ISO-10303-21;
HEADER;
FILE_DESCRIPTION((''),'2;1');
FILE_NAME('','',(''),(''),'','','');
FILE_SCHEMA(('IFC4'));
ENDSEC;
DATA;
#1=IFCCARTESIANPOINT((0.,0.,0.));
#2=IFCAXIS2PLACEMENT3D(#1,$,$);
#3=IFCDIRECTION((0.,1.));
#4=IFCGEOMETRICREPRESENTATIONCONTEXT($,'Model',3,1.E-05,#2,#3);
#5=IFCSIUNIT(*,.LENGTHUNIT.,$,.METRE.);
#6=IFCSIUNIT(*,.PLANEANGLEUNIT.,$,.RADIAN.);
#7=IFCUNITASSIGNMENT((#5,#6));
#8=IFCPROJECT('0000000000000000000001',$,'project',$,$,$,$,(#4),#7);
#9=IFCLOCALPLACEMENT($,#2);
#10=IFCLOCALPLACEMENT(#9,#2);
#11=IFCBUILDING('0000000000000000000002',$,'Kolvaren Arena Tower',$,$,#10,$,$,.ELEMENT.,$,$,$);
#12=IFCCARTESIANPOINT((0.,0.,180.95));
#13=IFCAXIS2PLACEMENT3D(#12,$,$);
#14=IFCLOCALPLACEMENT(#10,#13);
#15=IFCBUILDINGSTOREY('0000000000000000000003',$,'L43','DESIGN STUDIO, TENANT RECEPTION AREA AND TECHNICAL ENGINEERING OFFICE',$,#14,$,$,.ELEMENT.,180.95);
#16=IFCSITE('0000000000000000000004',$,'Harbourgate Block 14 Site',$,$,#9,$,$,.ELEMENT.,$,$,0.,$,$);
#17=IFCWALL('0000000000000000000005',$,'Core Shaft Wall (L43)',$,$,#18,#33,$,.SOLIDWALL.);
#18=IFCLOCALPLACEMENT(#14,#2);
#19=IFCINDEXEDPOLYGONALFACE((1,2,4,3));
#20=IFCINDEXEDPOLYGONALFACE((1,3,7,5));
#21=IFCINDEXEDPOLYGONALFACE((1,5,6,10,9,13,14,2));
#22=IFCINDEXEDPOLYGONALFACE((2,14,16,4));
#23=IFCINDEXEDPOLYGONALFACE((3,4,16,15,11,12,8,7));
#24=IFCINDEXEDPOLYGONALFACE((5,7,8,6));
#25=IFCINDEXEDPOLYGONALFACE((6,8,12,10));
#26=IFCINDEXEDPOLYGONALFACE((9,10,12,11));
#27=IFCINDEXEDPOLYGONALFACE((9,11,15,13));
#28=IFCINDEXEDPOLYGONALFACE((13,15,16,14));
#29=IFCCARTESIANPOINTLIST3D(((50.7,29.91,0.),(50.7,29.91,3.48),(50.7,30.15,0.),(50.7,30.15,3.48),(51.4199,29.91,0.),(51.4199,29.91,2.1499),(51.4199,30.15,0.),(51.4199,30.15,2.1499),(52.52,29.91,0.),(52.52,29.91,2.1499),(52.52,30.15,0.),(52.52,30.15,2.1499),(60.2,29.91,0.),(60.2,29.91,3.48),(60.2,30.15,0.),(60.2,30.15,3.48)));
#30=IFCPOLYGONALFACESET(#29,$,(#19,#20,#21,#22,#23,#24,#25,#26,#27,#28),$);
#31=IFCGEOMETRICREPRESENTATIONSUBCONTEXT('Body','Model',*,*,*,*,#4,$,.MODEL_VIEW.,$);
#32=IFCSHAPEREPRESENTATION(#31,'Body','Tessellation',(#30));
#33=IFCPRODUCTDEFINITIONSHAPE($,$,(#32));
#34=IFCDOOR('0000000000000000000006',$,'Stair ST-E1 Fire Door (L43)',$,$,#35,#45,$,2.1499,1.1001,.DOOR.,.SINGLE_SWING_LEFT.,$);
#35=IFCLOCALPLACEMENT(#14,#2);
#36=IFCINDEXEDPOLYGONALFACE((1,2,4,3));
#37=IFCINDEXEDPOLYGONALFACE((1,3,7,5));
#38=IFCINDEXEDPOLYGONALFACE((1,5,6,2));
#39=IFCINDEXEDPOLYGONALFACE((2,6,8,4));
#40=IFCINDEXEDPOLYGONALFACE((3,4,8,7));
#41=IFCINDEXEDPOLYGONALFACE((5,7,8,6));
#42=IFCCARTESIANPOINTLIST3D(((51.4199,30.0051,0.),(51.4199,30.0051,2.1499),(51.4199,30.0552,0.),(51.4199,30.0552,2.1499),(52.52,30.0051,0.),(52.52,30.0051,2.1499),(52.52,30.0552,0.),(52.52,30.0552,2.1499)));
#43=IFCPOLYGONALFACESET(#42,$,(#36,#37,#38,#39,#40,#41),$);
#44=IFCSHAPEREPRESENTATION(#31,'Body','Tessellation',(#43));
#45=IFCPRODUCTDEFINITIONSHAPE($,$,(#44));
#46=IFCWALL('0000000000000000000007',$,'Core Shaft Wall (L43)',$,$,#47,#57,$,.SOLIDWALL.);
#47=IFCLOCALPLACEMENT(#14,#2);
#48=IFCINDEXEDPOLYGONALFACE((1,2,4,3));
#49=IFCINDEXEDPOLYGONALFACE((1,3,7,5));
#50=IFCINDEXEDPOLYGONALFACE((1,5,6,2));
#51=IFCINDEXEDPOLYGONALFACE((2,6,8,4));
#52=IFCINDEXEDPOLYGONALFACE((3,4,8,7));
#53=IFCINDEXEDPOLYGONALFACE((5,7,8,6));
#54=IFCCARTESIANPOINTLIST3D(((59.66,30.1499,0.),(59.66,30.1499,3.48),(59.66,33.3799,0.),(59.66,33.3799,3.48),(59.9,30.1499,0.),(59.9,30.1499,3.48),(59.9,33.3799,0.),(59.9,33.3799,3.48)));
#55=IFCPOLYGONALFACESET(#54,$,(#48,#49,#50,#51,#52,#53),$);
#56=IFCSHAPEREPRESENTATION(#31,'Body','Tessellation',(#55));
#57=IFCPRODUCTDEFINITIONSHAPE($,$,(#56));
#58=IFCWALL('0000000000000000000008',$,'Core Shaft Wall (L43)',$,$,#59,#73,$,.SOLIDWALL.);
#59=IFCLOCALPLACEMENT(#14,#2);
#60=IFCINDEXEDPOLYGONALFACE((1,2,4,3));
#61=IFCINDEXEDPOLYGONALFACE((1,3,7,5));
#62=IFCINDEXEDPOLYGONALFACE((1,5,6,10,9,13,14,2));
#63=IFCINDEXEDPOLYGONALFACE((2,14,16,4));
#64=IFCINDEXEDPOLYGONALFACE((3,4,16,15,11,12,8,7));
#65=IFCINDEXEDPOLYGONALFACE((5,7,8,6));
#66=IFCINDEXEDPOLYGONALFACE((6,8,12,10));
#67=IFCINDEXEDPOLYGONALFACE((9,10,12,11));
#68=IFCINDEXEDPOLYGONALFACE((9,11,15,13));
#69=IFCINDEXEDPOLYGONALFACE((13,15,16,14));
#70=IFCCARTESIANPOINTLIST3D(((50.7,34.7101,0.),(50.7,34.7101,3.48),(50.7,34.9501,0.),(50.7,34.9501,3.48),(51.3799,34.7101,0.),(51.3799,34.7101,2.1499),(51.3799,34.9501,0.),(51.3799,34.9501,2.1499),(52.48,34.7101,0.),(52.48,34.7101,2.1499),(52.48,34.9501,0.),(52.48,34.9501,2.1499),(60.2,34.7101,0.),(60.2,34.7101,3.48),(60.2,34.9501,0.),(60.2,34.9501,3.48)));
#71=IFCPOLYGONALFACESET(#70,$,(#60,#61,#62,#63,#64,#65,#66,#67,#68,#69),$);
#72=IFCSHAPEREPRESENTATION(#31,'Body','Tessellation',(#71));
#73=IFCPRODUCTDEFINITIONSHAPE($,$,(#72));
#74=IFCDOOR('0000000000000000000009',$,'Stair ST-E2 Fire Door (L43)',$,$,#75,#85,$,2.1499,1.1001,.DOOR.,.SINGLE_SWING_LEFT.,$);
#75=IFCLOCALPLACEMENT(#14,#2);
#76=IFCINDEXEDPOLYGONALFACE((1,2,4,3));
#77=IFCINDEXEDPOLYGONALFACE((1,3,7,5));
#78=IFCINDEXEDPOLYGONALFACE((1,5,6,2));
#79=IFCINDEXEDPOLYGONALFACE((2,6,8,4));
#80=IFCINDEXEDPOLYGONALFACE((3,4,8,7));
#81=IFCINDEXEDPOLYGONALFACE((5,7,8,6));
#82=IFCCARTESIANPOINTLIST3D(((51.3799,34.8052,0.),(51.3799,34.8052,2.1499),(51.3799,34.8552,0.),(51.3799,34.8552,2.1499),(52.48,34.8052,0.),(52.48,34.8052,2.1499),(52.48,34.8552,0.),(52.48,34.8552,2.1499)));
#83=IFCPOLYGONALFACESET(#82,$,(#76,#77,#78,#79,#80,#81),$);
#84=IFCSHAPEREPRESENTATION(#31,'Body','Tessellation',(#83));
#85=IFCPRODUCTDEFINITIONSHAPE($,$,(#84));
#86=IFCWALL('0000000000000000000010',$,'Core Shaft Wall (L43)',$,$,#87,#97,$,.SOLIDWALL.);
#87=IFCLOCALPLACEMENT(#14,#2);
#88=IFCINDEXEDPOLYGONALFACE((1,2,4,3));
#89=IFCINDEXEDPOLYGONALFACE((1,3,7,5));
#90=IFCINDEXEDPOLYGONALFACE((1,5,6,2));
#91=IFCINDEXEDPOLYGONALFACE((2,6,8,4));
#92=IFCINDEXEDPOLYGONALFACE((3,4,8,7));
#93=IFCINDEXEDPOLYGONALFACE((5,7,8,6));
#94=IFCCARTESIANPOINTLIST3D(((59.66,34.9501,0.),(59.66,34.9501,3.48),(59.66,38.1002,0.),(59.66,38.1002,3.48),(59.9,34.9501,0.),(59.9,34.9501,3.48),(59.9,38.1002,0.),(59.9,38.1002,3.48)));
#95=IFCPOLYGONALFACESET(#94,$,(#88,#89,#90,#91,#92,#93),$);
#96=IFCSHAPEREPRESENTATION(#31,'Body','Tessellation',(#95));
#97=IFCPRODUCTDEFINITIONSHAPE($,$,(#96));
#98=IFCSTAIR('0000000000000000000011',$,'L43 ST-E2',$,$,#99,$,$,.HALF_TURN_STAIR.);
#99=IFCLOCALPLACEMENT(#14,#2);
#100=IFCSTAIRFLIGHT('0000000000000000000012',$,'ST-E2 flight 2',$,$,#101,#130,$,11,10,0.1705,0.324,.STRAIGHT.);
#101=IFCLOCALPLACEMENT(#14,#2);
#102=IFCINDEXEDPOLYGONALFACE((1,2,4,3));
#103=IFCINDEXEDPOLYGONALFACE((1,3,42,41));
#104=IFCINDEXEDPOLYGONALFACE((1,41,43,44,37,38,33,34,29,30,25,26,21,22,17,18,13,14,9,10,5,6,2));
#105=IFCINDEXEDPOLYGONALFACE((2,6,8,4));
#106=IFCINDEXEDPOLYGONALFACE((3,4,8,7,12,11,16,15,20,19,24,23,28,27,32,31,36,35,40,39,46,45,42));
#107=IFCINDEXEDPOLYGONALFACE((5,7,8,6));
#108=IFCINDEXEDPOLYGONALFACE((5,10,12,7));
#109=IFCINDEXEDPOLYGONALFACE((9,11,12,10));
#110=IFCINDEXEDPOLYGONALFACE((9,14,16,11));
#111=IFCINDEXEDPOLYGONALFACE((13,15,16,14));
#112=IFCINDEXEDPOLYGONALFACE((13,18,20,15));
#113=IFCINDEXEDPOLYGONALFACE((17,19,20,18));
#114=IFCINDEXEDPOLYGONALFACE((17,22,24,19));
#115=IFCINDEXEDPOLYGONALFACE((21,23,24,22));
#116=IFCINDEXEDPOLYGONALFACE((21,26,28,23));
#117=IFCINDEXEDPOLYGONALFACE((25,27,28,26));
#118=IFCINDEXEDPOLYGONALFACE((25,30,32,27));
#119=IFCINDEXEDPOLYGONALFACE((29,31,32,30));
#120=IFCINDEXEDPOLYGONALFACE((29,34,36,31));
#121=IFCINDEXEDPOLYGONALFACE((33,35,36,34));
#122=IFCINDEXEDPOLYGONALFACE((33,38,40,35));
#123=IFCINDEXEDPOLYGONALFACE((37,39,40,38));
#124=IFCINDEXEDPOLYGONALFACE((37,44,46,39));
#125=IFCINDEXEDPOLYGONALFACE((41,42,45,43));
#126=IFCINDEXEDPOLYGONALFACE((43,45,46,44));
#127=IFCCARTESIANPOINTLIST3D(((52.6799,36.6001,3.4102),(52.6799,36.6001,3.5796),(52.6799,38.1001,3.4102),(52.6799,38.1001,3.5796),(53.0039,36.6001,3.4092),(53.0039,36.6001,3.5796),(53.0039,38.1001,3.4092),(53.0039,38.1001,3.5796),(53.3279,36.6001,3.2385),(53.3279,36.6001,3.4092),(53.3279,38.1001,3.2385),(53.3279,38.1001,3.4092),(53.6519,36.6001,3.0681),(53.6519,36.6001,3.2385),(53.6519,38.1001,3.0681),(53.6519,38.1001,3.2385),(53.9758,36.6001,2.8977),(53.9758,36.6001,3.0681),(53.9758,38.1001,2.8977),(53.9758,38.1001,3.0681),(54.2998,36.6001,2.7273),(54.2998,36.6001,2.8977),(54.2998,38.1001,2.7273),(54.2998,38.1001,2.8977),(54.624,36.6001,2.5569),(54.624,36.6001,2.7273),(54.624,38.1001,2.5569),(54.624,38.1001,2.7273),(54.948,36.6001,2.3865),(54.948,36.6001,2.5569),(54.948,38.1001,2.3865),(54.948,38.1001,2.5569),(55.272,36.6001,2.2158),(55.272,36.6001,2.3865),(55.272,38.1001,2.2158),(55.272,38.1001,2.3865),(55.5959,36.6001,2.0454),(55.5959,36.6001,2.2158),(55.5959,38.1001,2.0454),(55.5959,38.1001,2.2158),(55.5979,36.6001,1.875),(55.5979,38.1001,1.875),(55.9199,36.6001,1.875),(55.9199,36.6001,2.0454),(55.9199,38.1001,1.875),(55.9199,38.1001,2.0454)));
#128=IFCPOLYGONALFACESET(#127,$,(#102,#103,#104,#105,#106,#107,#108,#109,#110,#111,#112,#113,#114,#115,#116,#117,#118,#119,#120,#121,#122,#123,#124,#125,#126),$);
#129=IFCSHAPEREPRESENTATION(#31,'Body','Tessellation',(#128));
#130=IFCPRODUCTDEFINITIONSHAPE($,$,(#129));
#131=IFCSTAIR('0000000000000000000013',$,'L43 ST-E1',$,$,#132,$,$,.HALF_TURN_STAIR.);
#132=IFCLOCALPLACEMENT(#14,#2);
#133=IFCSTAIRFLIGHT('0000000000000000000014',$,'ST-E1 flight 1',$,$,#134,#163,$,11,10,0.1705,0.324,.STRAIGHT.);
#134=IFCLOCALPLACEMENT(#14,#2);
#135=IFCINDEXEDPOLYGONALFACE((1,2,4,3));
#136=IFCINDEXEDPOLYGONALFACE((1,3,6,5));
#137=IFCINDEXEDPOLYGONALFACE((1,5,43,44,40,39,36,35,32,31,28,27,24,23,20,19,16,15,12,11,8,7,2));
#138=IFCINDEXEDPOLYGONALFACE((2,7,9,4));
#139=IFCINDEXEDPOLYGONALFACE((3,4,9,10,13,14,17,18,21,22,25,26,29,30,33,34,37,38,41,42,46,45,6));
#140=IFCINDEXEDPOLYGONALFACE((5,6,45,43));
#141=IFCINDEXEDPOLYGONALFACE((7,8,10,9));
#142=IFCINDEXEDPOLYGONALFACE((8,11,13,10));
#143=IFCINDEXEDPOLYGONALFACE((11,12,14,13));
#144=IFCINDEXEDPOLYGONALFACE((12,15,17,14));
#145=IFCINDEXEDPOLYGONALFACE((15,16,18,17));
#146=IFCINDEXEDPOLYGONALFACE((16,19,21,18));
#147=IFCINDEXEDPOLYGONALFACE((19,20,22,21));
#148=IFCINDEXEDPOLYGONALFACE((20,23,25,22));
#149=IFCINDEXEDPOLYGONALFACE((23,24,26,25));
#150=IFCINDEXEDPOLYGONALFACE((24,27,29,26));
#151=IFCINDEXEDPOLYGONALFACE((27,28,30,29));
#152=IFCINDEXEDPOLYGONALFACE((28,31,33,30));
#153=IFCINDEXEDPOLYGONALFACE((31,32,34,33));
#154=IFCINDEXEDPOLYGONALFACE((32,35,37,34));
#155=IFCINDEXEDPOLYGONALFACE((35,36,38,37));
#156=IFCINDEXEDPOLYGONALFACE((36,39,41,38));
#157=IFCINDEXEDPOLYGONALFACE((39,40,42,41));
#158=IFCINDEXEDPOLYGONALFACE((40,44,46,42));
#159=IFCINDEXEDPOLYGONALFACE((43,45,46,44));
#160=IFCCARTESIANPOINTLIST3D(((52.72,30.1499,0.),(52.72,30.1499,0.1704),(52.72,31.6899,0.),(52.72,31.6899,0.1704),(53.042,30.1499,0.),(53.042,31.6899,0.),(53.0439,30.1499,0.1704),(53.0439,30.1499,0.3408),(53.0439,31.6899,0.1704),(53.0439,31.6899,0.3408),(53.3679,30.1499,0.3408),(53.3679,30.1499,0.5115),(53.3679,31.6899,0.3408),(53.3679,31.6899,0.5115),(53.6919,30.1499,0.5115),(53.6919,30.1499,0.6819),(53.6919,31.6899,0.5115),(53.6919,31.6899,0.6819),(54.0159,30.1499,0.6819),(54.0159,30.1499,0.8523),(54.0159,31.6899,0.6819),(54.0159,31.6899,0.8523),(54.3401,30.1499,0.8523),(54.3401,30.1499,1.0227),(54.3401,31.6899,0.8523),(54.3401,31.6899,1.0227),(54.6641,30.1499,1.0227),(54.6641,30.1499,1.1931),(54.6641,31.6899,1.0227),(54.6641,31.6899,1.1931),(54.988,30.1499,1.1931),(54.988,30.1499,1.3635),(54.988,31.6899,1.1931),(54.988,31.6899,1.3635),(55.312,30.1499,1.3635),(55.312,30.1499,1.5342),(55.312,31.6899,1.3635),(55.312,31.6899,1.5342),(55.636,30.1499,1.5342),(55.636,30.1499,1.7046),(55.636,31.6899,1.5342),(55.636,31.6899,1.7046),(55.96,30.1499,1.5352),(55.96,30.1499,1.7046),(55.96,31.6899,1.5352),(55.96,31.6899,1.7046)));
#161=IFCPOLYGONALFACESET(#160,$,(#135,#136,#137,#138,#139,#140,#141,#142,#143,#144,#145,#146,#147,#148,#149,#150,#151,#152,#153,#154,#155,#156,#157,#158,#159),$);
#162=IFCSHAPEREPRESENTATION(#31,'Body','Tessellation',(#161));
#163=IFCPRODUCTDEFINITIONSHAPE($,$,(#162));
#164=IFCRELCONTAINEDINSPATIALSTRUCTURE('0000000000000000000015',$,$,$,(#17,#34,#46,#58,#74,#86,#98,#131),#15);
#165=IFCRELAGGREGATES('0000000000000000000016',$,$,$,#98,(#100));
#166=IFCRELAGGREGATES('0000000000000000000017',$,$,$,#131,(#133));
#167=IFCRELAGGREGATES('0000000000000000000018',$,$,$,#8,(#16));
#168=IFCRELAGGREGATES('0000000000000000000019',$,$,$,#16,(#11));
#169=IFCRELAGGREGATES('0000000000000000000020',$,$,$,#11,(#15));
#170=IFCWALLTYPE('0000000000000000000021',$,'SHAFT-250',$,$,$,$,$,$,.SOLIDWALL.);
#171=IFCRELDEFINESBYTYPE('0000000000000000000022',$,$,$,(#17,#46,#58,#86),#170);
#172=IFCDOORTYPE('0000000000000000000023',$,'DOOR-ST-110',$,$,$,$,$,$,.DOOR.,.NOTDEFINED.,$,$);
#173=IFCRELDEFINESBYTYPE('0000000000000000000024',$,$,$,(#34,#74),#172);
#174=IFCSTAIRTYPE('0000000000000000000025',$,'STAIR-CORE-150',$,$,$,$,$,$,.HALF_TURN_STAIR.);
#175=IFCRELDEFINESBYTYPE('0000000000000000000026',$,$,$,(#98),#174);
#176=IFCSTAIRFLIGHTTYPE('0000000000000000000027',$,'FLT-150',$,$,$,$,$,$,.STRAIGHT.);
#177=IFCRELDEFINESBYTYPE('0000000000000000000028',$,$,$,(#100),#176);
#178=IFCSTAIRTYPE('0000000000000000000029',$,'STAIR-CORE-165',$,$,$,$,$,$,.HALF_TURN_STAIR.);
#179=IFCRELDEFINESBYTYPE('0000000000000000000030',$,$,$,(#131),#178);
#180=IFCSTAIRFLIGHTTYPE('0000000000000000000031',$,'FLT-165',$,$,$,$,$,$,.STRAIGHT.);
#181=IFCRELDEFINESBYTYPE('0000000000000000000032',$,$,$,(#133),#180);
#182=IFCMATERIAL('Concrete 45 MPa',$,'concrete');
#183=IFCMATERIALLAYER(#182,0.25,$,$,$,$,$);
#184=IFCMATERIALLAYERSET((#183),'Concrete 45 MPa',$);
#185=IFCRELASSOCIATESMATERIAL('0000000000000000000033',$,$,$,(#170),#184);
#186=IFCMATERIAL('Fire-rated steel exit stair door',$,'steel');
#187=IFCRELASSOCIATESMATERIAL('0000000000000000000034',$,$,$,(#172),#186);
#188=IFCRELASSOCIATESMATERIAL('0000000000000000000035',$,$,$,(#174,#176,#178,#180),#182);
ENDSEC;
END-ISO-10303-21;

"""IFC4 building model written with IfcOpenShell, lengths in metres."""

from ifc_helpers import new_model, si_unit, direction, frame, frame_2d, origin, place, context, subcontext, project, spatial, polyline, rectangle, outline, extrude, material, layer, layer_set, type_object, element, fill, aggregate, save


model = new_model("IFC4")

# Units and contexts
model_context = context("Model", 3, precision=1e-05, world=origin(), true_north=direction((0.0, 1.0)))
body_context = subcontext(model_context, "Body", "Model", "MODEL_VIEW")
ifc_project = project(units=[si_unit("LENGTHUNIT", "METRE"), si_unit("PLANEANGLEUNIT", "RADIAN")], contexts=[model_context])

# Site, building, storey
site_placement = place(None, origin())
site = spatial("IfcSite", under=ifc_project, at=site_placement, Name="Harbourgate Block 14 Site", CompositionType="ELEMENT", RefElevation=0.0)
building_placement = place(site_placement, origin())
building = spatial("IfcBuilding", under=site, at=building_placement, Name="Kolvaren Arena Tower", CompositionType="ELEMENT")
storey_placement = place(building_placement, frame((0.0, 0.0, 180.95)))
storey = spatial("IfcBuildingStorey", under=building, at=storey_placement, Name="L43", Description="DESIGN STUDIO, TENANT RECEPTION AREA AND TECHNICAL ENGINEERING OFFICE", CompositionType="ELEMENT", Elevation=180.95)

# Wall, opening, door
ifc_material_1 = material(Name="Concrete 45 MPa", Category="concrete")
ifc_layer = layer(ifc_material_1, 0.25)
ifc_layer_set = layer_set([ifc_layer], Name="Concrete 45 MPa")
wall_type = type_object("IfcWallType", Name="SHAFT-250", PredefinedType="SOLIDWALL", material=ifc_layer_set)
wall_1_placement = place(storey_placement, frame((60.2, 30.03, 0.0), z_axis=(0.0, 0.0, 1.0), x_axis=(-1.0, 0.0, 0.0)))
wall_1 = element("IfcWall", 1, at=wall_1_placement, inside=storey, type_object=wall_type, Name="Core Shaft Wall (L43)", PredefinedType="SOLIDWALL", context=body_context, shape_type="SweptSolid", body=[
    extrude(rectangle(XDim=9.5, YDim=0.24, at=frame_2d((4.75, 0.0))), origin(), (0.0, 0.0, 1.0), 3.48),
])
opening_1_placement = place(wall_1_placement, frame((7.6799, 0.0, 0.0)))
opening_1 = element("IfcOpeningElement", 2, at=opening_1_placement, cuts=wall_1, PredefinedType="OPENING", context=body_context, shape_type="SweptSolid", body=[
    extrude(rectangle(XDim=1.1001, YDim=2.1499, at=frame_2d((0.55, 1.075))), frame((0.0, 0.1299, 0.0), z_axis=(0.0, -1.0, 0.0), x_axis=(1.0, 0.0, 0.0)), (0.0, 0.0, 1.0), 0.26),
])
ifc_material_2 = material(Name="Fire-rated steel exit stair door", Category="steel")
door_type = type_object("IfcDoorType", Name="DOOR-ST-110", OperationType="NOTDEFINED", PredefinedType="DOOR", material=ifc_material_2)
door_1_placement = place(opening_1_placement, origin())
door_1 = element("IfcDoor", 3, at=door_1_placement, inside=storey, type_object=door_type, Name="Stair ST-E1 Fire Door (L43)", OperationType="SINGLE_SWING_LEFT", OverallHeight=2.1499, OverallWidth=1.1001, PredefinedType="DOOR", context=body_context, shape_type="SweptSolid", body=[
    extrude(rectangle(XDim=1.1001, YDim=2.1499, at=frame_2d((0.55, 1.075))), frame((0.0, 0.0249, 0.0), z_axis=(0.0, -1.0, 0.0), x_axis=(1.0, 0.0, 0.0)), (0.0, 0.0, 1.0), 0.05),
])
fill(opening_1, door_1)

# Wall
wall_2_placement = place(storey_placement, frame((59.78, 30.1499, 0.0), z_axis=(0.0, 0.0, 1.0), x_axis=(0.0, 1.0, 0.0)))
element("IfcWall", 4, at=wall_2_placement, inside=storey, type_object=wall_type, Name="Core Shaft Wall (L43)", PredefinedType="SOLIDWALL", context=body_context, shape_type="SweptSolid", body=[
    extrude(rectangle(XDim=3.23, YDim=0.24, at=frame_2d((1.615, 0.0))), origin(), (0.0, 0.0, 1.0), 3.48),
])

# Wall, opening, door
wall_3_placement = place(storey_placement, frame((60.2, 34.8301, 0.0), z_axis=(0.0, 0.0, 1.0), x_axis=(-1.0, 0.0, 0.0)))
wall_3 = element("IfcWall", 5, at=wall_3_placement, inside=storey, type_object=wall_type, Name="Core Shaft Wall (L43)", PredefinedType="SOLIDWALL", context=body_context, shape_type="SweptSolid", body=[
    extrude(rectangle(XDim=9.5, YDim=0.24, at=frame_2d((4.75, 0.0))), origin(), (0.0, 0.0, 1.0), 3.48),
])
opening_2_placement = place(wall_3_placement, frame((7.72, 0.0, 0.0)))
opening_2 = element("IfcOpeningElement", 6, at=opening_2_placement, cuts=wall_3, PredefinedType="OPENING", context=body_context, shape_type="SweptSolid", body=[
    extrude(rectangle(XDim=1.1001, YDim=2.1499, at=frame_2d((0.55, 1.075))), frame((0.0, 0.1299, 0.0), z_axis=(0.0, -1.0, 0.0), x_axis=(1.0, 0.0, 0.0)), (0.0, 0.0, 1.0), 0.26),
])
door_2_placement = place(opening_2_placement, origin())
door_2 = element("IfcDoor", 7, at=door_2_placement, inside=storey, type_object=door_type, Name="Stair ST-E2 Fire Door (L43)", OperationType="SINGLE_SWING_LEFT", OverallHeight=2.1499, OverallWidth=1.1001, PredefinedType="DOOR", context=body_context, shape_type="SweptSolid", body=[
    extrude(rectangle(XDim=1.1001, YDim=2.1499, at=frame_2d((0.55, 1.075))), frame((0.0, 0.0249, 0.0), z_axis=(0.0, -1.0, 0.0), x_axis=(1.0, 0.0, 0.0)), (0.0, 0.0, 1.0), 0.05),
])
fill(opening_2, door_2)

# Wall
wall_4_placement = place(storey_placement, frame((59.78, 34.95, 0.0), z_axis=(0.0, 0.0, 1.0), x_axis=(0.0, 1.0, 0.0)))
element("IfcWall", 8, at=wall_4_placement, inside=storey, type_object=wall_type, Name="Core Shaft Wall (L43)", PredefinedType="SOLIDWALL", context=body_context, shape_type="SweptSolid", body=[
    extrude(rectangle(XDim=3.1501, YDim=0.24, at=frame_2d((1.5752, 0.0))), origin(), (0.0, 0.0, 1.0), 3.48),
])

# Stair, stair flight
stair_type_1 = type_object("IfcStairType", Name="STAIR-CORE-150", PredefinedType="HALF_TURN_STAIR", material=ifc_material_1)
stair_1_placement = place(storey_placement, origin())
stair_1 = element("IfcStair", 9, at=stair_1_placement, inside=storey, type_object=stair_type_1, Name="L43 ST-E2", PredefinedType="HALF_TURN_STAIR")
stair_flight_type_1 = type_object("IfcStairFlightType", Name="FLT-150", PredefinedType="STRAIGHT", material=ifc_material_1)
stair_flight_1_placement = place(storey_placement, frame((55.9199, 37.3501, 1.875), z_axis=(0.0, 0.0, 1.0), x_axis=(-1.0, 0.0, 0.0)))
stair_flight_1 = element("IfcStairFlight", 10, at=stair_flight_1_placement, type_object=stair_flight_type_1, Name="ST-E2 flight 2", NumberOfRisers=11, NumberOfTreads=10, PredefinedType="STRAIGHT", RiserHeight=0.1705, TreadLength=0.324, context=body_context, shape_type="SweptSolid", body=[
    extrude(outline(polyline([(0.0, 0.0), (0.0, 0.1704), (0.324, 0.1704), (0.324, 0.3408), (0.6479, 0.3408), (0.6479, 0.5115), (0.9719, 0.5115), (0.9719, 0.6819), (1.2959, 0.6819), (1.2959, 0.8523), (1.6201, 0.8523), (1.6201, 1.0227), (1.9441, 1.0227), (1.9441, 1.1931), (2.2681, 1.1931), (2.2681, 1.3635), (2.592, 1.3635), (2.592, 1.5342), (2.916, 1.5342), (2.916, 1.7046), (3.24, 1.7046), (3.24, 1.875), (3.24, 1.5352), (0.322, 0.0), (0.0, 0.0)])), frame((0.0, 0.75, 0.0), z_axis=(0.0, -1.0, 0.0), x_axis=(1.0, 0.0, 0.0)), (0.0, 0.0, 1.0), 1.5),
])
aggregate(stair_1, [stair_flight_1])

# Stair, stair flight
stair_type_2 = type_object("IfcStairType", Name="STAIR-CORE-165", PredefinedType="HALF_TURN_STAIR", material=ifc_material_1)
stair_2_placement = place(storey_placement, origin())
stair_2 = element("IfcStair", 11, at=stair_2_placement, inside=storey, type_object=stair_type_2, Name="L43 ST-E1", PredefinedType="HALF_TURN_STAIR")
stair_flight_type_2 = type_object("IfcStairFlightType", Name="FLT-165", PredefinedType="STRAIGHT", material=ifc_material_1)
stair_flight_2_placement = place(storey_placement, frame((52.72, 30.9199, 0.0), z_axis=(0.0, 0.0, 1.0), x_axis=(1.0, 0.0, 0.0)))
stair_flight_2 = element("IfcStairFlight", 12, at=stair_flight_2_placement, type_object=stair_flight_type_2, Name="ST-E1 flight 1", NumberOfRisers=11, NumberOfTreads=10, PredefinedType="STRAIGHT", RiserHeight=0.1705, TreadLength=0.324, context=body_context, shape_type="SweptSolid", body=[
    extrude(outline(polyline([(0.0, 0.0), (0.0, 0.1704), (0.324, 0.1704), (0.324, 0.3408), (0.6479, 0.3408), (0.6479, 0.5115), (0.9719, 0.5115), (0.9719, 0.6819), (1.2959, 0.6819), (1.2959, 0.8523), (1.6201, 0.8523), (1.6201, 1.0227), (1.9441, 1.0227), (1.9441, 1.1931), (2.2681, 1.1931), (2.2681, 1.3635), (2.592, 1.3635), (2.592, 1.5342), (2.916, 1.5342), (2.916, 1.7046), (3.24, 1.7046), (3.24, 1.875), (3.24, 1.5352), (0.322, 0.0), (0.0, 0.0)])), frame((0.0, 0.77, 0.0), z_axis=(0.0, -1.0, 0.0), x_axis=(1.0, 0.0, 0.0)), (0.0, 0.0, 1.0), 1.54),
])
aggregate(stair_2, [stair_flight_2])

save(model, "model.ifc")
